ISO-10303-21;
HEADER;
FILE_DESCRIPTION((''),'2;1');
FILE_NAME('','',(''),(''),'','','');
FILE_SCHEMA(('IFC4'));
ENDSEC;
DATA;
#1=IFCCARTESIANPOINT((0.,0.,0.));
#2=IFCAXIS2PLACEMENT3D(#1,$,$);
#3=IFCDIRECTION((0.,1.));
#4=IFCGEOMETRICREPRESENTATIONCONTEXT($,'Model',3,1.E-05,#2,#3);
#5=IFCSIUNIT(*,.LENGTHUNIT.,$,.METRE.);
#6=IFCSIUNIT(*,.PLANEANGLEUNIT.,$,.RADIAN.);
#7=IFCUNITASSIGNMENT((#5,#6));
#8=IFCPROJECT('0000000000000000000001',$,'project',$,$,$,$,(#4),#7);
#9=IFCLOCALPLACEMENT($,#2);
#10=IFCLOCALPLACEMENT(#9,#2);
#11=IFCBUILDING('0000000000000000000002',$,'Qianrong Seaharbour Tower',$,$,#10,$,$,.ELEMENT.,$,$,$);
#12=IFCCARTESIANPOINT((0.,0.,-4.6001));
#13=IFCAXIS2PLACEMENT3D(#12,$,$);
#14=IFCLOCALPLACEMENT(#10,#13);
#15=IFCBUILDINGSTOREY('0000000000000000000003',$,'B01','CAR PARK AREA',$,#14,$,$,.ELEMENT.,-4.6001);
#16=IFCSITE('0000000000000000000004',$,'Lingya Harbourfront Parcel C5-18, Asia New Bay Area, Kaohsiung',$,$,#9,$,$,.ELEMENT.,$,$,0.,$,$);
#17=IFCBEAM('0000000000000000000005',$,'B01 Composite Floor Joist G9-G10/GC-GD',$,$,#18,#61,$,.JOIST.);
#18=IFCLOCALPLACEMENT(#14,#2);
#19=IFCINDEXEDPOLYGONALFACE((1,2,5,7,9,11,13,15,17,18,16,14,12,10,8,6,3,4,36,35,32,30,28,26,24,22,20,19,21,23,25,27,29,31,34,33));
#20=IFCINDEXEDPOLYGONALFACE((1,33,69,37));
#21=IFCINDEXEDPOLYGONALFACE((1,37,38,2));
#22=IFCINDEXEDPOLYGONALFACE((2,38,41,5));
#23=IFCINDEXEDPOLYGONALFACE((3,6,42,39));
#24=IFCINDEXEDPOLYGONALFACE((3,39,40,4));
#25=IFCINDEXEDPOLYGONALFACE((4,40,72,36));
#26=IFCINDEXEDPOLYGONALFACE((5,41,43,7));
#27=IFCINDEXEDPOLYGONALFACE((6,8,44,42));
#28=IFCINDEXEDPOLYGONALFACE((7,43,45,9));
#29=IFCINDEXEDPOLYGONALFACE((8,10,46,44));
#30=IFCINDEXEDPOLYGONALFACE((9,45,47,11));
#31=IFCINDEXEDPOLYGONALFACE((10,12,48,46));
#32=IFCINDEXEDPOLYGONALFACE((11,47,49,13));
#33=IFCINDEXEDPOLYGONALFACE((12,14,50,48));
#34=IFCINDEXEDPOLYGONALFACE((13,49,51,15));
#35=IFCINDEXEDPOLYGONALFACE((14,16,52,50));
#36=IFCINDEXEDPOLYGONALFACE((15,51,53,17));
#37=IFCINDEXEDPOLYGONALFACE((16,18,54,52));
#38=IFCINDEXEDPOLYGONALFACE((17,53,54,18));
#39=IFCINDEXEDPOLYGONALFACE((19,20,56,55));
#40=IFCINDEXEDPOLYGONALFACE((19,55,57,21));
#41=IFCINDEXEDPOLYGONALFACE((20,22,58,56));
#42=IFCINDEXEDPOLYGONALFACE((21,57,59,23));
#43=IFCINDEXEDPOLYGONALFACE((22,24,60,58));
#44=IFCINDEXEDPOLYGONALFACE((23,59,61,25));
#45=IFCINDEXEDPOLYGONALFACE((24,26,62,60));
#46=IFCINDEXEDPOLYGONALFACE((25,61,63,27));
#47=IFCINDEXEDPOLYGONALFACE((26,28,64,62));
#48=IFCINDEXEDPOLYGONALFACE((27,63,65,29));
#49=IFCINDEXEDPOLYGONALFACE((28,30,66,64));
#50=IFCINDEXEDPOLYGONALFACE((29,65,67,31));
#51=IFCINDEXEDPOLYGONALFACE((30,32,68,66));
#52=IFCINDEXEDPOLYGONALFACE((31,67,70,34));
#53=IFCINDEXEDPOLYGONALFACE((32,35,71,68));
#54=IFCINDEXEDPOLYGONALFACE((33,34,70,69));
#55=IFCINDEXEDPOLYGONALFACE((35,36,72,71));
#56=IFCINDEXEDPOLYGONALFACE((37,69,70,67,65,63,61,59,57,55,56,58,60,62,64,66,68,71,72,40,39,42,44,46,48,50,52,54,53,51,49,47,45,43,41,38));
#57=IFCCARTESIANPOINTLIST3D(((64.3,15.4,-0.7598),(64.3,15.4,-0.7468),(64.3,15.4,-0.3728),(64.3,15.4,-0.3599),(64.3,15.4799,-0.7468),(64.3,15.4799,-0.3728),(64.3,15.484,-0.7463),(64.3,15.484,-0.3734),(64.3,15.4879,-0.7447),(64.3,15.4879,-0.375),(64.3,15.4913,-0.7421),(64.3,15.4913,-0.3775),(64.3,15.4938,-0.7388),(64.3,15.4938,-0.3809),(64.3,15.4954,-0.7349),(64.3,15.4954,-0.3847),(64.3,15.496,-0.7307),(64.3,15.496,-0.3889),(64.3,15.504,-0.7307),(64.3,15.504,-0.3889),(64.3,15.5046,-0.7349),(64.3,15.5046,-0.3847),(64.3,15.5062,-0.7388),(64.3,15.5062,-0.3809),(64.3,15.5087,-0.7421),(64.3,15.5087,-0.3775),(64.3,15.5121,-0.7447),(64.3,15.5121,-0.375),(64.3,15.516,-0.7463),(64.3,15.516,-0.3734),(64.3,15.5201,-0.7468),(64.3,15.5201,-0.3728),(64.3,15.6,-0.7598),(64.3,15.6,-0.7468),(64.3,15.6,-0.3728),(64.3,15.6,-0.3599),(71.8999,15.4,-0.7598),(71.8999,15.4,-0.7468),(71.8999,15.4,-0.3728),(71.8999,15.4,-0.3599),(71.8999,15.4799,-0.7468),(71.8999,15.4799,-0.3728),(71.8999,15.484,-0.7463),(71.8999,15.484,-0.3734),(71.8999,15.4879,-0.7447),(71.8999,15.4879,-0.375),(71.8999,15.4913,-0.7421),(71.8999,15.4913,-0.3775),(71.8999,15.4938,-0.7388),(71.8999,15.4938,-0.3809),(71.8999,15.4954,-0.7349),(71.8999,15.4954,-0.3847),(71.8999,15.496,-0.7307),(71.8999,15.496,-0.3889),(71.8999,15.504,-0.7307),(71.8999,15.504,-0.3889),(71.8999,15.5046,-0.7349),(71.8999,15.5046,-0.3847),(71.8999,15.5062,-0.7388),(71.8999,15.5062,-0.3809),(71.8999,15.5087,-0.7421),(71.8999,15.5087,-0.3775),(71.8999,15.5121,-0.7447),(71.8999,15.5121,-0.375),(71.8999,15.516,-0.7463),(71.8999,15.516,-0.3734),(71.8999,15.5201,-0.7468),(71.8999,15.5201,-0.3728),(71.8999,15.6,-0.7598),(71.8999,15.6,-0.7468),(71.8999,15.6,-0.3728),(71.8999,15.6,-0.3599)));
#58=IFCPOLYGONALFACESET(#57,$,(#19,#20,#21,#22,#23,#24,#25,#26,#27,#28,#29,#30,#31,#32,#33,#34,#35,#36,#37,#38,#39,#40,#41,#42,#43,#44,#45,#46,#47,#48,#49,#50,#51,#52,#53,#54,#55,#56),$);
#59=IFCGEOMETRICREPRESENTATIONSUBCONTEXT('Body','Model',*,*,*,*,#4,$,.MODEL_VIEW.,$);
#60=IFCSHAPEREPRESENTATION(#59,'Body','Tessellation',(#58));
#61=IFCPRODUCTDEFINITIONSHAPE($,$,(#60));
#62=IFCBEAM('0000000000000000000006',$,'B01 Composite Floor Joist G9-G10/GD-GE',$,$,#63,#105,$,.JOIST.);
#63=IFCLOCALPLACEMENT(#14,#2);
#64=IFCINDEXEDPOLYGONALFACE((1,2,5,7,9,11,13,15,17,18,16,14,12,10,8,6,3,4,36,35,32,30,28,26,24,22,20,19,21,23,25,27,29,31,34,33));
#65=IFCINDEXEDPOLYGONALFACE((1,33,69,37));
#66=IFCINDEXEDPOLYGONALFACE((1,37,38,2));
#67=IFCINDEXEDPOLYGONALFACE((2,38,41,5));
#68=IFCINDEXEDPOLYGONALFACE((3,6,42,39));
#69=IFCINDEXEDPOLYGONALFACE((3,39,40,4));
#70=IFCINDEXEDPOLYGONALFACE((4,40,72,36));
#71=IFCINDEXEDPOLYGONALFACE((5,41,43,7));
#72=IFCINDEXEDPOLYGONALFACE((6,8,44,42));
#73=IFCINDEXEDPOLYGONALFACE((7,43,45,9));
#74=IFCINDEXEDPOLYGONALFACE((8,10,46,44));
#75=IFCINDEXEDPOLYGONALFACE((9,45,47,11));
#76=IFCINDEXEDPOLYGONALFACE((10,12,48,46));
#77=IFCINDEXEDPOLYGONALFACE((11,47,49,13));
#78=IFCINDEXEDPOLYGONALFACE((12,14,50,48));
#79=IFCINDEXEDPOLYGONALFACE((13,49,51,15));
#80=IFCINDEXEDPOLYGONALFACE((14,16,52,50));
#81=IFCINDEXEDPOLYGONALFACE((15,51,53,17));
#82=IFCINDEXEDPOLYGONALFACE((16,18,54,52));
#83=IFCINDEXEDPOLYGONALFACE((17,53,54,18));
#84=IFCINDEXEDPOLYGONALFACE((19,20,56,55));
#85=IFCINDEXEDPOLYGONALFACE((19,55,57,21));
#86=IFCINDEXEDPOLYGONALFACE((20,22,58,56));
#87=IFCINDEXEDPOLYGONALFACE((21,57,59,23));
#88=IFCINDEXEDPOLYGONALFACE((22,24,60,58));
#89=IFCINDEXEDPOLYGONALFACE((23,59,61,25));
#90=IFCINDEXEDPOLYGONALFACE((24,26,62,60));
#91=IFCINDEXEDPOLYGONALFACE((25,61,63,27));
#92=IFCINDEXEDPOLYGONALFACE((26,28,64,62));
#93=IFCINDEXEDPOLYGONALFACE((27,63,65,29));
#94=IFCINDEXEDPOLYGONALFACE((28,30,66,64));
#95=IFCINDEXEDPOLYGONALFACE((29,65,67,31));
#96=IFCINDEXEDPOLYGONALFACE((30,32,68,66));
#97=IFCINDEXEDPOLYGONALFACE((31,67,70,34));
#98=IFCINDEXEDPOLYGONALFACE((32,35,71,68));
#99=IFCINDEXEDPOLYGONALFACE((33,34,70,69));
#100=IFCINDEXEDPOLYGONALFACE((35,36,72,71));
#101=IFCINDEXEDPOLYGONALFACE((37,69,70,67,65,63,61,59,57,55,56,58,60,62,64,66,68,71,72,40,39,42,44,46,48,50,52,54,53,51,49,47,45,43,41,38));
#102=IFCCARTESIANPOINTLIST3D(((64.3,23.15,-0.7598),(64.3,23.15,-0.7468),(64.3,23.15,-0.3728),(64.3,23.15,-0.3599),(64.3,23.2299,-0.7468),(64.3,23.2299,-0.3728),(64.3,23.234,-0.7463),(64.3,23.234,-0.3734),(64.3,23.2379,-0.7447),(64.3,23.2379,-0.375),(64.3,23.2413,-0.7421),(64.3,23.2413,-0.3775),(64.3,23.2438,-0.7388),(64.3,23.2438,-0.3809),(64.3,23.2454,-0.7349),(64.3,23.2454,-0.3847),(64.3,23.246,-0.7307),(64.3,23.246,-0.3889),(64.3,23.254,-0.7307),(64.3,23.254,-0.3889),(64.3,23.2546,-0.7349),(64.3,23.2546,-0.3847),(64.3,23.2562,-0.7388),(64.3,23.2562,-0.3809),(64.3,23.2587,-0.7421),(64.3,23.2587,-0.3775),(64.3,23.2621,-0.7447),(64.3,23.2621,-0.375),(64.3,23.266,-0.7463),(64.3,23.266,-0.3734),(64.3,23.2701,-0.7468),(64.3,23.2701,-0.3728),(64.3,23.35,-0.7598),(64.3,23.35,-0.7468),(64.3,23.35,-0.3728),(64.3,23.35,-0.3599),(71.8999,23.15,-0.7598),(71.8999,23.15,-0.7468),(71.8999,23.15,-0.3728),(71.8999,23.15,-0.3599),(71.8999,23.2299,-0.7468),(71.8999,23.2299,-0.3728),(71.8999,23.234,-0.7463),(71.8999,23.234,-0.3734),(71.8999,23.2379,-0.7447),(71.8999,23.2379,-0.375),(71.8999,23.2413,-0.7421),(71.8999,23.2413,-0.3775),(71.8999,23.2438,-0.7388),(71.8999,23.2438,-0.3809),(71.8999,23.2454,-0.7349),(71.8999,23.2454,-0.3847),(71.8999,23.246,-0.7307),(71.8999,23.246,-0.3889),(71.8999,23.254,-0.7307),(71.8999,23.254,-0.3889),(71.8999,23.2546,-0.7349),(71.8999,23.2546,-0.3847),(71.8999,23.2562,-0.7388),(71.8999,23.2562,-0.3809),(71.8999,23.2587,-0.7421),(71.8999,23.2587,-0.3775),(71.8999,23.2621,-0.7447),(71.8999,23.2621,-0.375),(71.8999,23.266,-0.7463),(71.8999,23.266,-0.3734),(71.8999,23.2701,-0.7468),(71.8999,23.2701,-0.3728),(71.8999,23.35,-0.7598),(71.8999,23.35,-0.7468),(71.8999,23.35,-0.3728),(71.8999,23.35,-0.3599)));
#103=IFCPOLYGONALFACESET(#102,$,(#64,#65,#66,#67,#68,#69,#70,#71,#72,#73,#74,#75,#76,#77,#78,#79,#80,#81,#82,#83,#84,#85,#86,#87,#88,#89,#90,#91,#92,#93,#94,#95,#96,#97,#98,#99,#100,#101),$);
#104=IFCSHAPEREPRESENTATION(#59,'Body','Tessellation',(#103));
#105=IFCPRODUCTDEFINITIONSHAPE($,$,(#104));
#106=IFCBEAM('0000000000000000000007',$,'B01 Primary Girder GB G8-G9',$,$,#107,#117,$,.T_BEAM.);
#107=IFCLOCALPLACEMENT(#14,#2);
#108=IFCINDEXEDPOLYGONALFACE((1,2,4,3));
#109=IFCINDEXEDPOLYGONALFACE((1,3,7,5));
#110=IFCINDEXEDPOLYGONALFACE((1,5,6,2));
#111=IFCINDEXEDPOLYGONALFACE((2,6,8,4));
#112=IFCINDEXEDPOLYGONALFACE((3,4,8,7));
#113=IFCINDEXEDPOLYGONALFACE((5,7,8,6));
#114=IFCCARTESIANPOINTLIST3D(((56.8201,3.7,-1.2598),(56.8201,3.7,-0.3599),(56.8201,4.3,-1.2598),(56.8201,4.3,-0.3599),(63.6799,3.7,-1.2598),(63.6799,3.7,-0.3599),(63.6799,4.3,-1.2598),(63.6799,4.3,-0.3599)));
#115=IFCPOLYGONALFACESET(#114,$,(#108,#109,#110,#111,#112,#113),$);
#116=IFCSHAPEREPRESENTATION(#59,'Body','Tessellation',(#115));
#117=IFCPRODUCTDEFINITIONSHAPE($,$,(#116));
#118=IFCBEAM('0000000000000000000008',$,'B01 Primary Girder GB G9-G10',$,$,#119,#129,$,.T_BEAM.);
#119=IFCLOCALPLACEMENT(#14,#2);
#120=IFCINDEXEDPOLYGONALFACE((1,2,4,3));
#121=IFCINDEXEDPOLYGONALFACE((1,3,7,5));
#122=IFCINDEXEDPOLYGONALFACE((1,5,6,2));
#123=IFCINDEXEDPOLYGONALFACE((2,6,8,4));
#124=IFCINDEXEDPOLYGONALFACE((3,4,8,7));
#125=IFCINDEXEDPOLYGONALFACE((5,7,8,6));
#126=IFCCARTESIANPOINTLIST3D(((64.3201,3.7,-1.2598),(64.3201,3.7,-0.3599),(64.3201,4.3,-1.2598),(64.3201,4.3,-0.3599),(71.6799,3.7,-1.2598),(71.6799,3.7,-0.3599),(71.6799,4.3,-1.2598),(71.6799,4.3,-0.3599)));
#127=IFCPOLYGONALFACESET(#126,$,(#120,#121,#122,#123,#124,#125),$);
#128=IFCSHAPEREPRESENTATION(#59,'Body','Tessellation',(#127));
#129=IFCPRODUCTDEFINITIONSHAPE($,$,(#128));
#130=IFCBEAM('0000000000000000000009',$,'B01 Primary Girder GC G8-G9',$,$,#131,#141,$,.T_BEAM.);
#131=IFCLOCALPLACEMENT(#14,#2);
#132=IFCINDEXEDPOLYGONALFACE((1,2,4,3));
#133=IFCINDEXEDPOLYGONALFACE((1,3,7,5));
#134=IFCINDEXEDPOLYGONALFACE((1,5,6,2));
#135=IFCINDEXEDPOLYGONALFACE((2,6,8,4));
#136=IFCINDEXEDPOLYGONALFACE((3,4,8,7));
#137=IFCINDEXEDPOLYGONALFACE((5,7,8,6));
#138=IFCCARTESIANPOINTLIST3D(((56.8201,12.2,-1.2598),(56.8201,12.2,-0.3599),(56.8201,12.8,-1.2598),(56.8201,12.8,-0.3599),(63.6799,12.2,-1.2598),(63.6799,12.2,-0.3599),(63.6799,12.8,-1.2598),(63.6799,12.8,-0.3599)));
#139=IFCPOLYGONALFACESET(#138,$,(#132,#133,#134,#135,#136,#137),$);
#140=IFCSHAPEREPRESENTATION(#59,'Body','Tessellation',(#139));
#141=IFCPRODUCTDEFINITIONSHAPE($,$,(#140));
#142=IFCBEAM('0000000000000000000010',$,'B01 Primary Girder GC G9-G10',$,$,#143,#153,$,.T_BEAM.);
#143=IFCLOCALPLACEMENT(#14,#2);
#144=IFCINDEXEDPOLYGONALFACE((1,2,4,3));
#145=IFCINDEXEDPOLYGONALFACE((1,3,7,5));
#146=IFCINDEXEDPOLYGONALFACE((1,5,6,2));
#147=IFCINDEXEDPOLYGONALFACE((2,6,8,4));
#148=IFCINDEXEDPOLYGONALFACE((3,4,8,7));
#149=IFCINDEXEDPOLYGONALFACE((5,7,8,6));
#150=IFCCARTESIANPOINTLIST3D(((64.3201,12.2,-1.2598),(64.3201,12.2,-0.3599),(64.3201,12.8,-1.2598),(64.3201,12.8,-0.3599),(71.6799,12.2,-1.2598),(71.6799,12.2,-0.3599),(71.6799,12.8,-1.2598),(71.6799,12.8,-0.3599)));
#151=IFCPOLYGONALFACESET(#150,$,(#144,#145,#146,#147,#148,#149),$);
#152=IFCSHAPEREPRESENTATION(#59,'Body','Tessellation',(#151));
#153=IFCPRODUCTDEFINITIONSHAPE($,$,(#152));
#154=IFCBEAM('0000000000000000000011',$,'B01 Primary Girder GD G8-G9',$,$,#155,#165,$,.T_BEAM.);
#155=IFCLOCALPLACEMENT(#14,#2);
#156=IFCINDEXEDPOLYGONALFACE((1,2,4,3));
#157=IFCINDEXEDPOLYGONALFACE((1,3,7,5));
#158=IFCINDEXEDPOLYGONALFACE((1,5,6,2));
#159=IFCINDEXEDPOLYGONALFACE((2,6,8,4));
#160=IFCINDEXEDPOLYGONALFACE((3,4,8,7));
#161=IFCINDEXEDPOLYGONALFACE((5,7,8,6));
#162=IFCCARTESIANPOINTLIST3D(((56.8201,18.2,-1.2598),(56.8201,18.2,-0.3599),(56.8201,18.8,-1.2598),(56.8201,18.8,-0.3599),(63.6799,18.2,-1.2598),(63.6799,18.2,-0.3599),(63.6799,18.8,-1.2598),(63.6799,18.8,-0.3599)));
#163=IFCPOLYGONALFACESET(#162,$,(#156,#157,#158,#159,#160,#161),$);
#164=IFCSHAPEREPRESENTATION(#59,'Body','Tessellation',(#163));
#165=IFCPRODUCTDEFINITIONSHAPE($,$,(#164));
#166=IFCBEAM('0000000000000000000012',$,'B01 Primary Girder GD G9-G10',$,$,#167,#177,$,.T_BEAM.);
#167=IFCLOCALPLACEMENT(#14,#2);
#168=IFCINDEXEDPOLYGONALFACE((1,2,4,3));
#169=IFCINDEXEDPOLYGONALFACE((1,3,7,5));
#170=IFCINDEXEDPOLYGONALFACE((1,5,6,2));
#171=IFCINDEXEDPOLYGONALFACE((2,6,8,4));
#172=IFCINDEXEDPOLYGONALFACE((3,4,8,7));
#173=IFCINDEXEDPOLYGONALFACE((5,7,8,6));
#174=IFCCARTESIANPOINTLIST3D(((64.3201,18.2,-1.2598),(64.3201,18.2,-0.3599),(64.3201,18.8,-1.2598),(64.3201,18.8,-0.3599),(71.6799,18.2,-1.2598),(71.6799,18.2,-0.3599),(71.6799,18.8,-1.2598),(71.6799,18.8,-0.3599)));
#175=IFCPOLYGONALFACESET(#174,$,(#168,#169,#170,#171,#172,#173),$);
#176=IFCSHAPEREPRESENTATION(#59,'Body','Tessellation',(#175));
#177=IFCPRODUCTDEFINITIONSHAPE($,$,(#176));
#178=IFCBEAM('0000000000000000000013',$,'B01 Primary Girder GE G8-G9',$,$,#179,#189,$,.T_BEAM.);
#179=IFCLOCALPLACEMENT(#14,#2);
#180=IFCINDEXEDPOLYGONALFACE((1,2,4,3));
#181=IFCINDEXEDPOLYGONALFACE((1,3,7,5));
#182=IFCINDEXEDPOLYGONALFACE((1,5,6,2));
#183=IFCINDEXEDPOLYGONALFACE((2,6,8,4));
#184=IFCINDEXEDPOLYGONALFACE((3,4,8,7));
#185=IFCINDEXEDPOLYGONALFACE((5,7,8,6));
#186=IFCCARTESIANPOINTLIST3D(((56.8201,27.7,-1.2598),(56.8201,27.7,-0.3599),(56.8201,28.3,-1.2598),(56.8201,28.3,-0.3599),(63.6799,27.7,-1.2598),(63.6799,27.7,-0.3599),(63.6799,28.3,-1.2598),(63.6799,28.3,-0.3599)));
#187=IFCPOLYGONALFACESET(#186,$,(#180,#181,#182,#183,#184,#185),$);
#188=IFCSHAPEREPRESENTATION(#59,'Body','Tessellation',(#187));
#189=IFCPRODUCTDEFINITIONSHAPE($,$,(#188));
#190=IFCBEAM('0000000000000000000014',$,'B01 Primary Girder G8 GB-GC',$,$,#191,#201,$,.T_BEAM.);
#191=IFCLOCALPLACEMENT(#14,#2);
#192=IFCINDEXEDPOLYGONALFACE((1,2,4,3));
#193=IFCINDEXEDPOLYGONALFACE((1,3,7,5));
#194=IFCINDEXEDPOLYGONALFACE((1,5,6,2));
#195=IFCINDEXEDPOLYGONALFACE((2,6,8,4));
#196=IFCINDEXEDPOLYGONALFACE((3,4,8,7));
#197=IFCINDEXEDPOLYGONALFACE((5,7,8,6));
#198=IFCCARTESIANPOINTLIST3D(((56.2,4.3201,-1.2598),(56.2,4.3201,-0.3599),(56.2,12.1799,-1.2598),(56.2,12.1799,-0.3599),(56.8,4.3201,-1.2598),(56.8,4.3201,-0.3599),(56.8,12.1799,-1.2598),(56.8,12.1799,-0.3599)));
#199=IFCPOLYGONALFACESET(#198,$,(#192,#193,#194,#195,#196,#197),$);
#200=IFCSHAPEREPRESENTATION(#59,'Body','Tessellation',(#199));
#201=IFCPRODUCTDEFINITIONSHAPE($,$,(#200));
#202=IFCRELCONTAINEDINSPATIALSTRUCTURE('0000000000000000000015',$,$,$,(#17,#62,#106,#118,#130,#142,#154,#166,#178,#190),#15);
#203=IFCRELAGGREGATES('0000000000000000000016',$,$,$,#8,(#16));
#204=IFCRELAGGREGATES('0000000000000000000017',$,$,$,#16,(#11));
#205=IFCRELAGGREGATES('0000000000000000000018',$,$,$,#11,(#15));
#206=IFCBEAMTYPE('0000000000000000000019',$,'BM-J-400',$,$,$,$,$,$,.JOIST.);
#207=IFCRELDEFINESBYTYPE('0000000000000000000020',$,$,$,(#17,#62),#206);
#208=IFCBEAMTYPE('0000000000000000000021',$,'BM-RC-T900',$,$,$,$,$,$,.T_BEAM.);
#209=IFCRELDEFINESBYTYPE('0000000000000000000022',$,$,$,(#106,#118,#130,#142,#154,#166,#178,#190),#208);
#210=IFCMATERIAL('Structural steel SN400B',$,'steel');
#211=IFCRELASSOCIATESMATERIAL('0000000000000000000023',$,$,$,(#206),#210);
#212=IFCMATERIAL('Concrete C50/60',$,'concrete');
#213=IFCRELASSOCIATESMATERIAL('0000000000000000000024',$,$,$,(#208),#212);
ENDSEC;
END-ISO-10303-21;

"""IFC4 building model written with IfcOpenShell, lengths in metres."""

from ifc_helpers import new_model, si_unit, direction, frame, origin, origin_2d, place, context, subcontext, project, spatial, rectangle, i_section, extrude, material, material_profile, profile_set, type_object, element, save


model = new_model("IFC4")

# Units and contexts
model_context = context("Model", 3, precision=1e-05, world=origin(), true_north=direction((0.0, 1.0)))
body_context = subcontext(model_context, "Body", "Model", "MODEL_VIEW")
ifc_project = project(units=[si_unit("LENGTHUNIT", "METRE"), si_unit("PLANEANGLEUNIT", "RADIAN")], contexts=[model_context])

# Site, building, storey
site_placement = place(None, origin())
site = spatial("IfcSite", under=ifc_project, at=site_placement, Name="Lingya Harbourfront Parcel C5-18, Asia New Bay Area, Kaohsiung", CompositionType="ELEMENT", RefElevation=0.0)
building_placement = place(site_placement, origin())
building = spatial("IfcBuilding", under=site, at=building_placement, Name="Qianrong Seaharbour Tower", CompositionType="ELEMENT")
storey_placement = place(building_placement, frame((0.0, 0.0, -4.6001)))
storey = spatial("IfcBuildingStorey", under=building, at=storey_placement, Name="B01", Description="CAR PARK AREA", CompositionType="ELEMENT", Elevation=-4.6001)

# Beams
ifc_material_1 = material(Name="Structural steel SN400B", Category="steel")
ifc_material_profile_1 = material_profile(ifc_material_1, i_section(OverallWidth=0.2, OverallDepth=0.3999, WebThickness=0.0081, FlangeThickness=0.0129, FilletRadius=0.0161, at=origin_2d()), Name="H400x200x8x13")
ifc_profile_set_1 = profile_set([ifc_material_profile_1], Name="Structural steel SN400B")
beam_type_1 = type_object("IfcBeamType", Name="BM-J-400", PredefinedType="JOIST", material=ifc_profile_set_1)
for number, where, z_axis, x_axis, name in (
    (1, (64.3, 15.5, -0.5598), (1.0, 0.0, 0.0), (0.0, 1.0, 0.0), "B01 Composite Floor Joist G9-G10/GC-GD"),
    (2, (64.3, 23.25, -0.5598), (1.0, 0.0, 0.0), (0.0, 1.0, 0.0), "B01 Composite Floor Joist G9-G10/GD-GE"),
):
    element("IfcBeam", number, at=place(storey_placement, frame(where, z_axis=z_axis, x_axis=x_axis)), inside=storey, type_object=beam_type_1, Name=name, PredefinedType="JOIST", context=body_context, shape_type="SweptSolid", body=[
        extrude(i_section(OverallWidth=0.2, OverallDepth=0.3999, WebThickness=0.0081, FlangeThickness=0.0129, FilletRadius=0.0161, at=origin_2d()), origin(), (0.0, 0.0, 1.0), 7.5999),
    ])
ifc_material_2 = material(Name="Concrete C50/60", Category="concrete")
ifc_material_profile_2 = material_profile(ifc_material_2, rectangle(XDim=0.6001, YDim=0.8999, at=origin_2d()), Name="RC600x900")
ifc_profile_set_2 = profile_set([ifc_material_profile_2], Name="Concrete C50/60")
beam_type_2 = type_object("IfcBeamType", Name="BM-RC-T900", PredefinedType="T_BEAM", material=ifc_profile_set_2)
beam_1_placement = place(storey_placement, frame((56.8201, 4.0, -0.8098), z_axis=(1.0, 0.0, 0.0), x_axis=(0.0, 1.0, 0.0)))
element("IfcBeam", 3, at=beam_1_placement, inside=storey, type_object=beam_type_2, Name="B01 Primary Girder GB G8-G9", PredefinedType="T_BEAM", context=body_context, shape_type="SweptSolid", body=[
    extrude(rectangle(XDim=0.6001, YDim=0.8999, at=origin_2d()), origin(), (0.0, 0.0, 1.0), 6.8599),
])
beam_2_placement = place(storey_placement, frame((64.3201, 4.0, -0.8098), z_axis=(1.0, 0.0, 0.0), x_axis=(0.0, 1.0, 0.0)))
element("IfcBeam", 4, at=beam_2_placement, inside=storey, type_object=beam_type_2, Name="B01 Primary Girder GB G9-G10", PredefinedType="T_BEAM", context=body_context, shape_type="SweptSolid", body=[
    extrude(rectangle(XDim=0.6001, YDim=0.8999, at=origin_2d()), origin(), (0.0, 0.0, 1.0), 7.3599),
])
beam_3_placement = place(storey_placement, frame((56.8201, 12.5, -0.8098), z_axis=(1.0, 0.0, 0.0), x_axis=(0.0, 1.0, 0.0)))
element("IfcBeam", 5, at=beam_3_placement, inside=storey, type_object=beam_type_2, Name="B01 Primary Girder GC G8-G9", PredefinedType="T_BEAM", context=body_context, shape_type="SweptSolid", body=[
    extrude(rectangle(XDim=0.6001, YDim=0.8999, at=origin_2d()), origin(), (0.0, 0.0, 1.0), 6.8599),
])
beam_4_placement = place(storey_placement, frame((64.3201, 12.5, -0.8098), z_axis=(1.0, 0.0, 0.0), x_axis=(0.0, 1.0, 0.0)))
element("IfcBeam", 6, at=beam_4_placement, inside=storey, type_object=beam_type_2, Name="B01 Primary Girder GC G9-G10", PredefinedType="T_BEAM", context=body_context, shape_type="SweptSolid", body=[
    extrude(rectangle(XDim=0.6001, YDim=0.8999, at=origin_2d()), origin(), (0.0, 0.0, 1.0), 7.3599),
])
beam_5_placement = place(storey_placement, frame((56.8201, 18.5, -0.8098), z_axis=(1.0, 0.0, 0.0), x_axis=(0.0, 1.0, 0.0)))
element("IfcBeam", 7, at=beam_5_placement, inside=storey, type_object=beam_type_2, Name="B01 Primary Girder GD G8-G9", PredefinedType="T_BEAM", context=body_context, shape_type="SweptSolid", body=[
    extrude(rectangle(XDim=0.6001, YDim=0.8999, at=origin_2d()), origin(), (0.0, 0.0, 1.0), 6.8599),
])
beam_6_placement = place(storey_placement, frame((64.3201, 18.5, -0.8098), z_axis=(1.0, 0.0, 0.0), x_axis=(0.0, 1.0, 0.0)))
element("IfcBeam", 8, at=beam_6_placement, inside=storey, type_object=beam_type_2, Name="B01 Primary Girder GD G9-G10", PredefinedType="T_BEAM", context=body_context, shape_type="SweptSolid", body=[
    extrude(rectangle(XDim=0.6001, YDim=0.8999, at=origin_2d()), origin(), (0.0, 0.0, 1.0), 7.3599),
])
beam_7_placement = place(storey_placement, frame((56.8201, 28.0, -0.8098), z_axis=(1.0, 0.0, 0.0), x_axis=(0.0, 1.0, 0.0)))
element("IfcBeam", 9, at=beam_7_placement, inside=storey, type_object=beam_type_2, Name="B01 Primary Girder GE G8-G9", PredefinedType="T_BEAM", context=body_context, shape_type="SweptSolid", body=[
    extrude(rectangle(XDim=0.6001, YDim=0.8999, at=origin_2d()), origin(), (0.0, 0.0, 1.0), 6.8599),
])
beam_8_placement = place(storey_placement, frame((56.5, 4.3201, -0.8098), z_axis=(0.0, 1.0, 0.0), x_axis=(-1.0, 0.0, 0.0)))
element("IfcBeam", 10, at=beam_8_placement, inside=storey, type_object=beam_type_2, Name="B01 Primary Girder G8 GB-GC", PredefinedType="T_BEAM", context=body_context, shape_type="SweptSolid", body=[
    extrude(rectangle(XDim=0.6001, YDim=0.8999, at=origin_2d()), origin(), (0.0, 0.0, 1.0), 7.8599),
])

save(model, "model.ifc")
